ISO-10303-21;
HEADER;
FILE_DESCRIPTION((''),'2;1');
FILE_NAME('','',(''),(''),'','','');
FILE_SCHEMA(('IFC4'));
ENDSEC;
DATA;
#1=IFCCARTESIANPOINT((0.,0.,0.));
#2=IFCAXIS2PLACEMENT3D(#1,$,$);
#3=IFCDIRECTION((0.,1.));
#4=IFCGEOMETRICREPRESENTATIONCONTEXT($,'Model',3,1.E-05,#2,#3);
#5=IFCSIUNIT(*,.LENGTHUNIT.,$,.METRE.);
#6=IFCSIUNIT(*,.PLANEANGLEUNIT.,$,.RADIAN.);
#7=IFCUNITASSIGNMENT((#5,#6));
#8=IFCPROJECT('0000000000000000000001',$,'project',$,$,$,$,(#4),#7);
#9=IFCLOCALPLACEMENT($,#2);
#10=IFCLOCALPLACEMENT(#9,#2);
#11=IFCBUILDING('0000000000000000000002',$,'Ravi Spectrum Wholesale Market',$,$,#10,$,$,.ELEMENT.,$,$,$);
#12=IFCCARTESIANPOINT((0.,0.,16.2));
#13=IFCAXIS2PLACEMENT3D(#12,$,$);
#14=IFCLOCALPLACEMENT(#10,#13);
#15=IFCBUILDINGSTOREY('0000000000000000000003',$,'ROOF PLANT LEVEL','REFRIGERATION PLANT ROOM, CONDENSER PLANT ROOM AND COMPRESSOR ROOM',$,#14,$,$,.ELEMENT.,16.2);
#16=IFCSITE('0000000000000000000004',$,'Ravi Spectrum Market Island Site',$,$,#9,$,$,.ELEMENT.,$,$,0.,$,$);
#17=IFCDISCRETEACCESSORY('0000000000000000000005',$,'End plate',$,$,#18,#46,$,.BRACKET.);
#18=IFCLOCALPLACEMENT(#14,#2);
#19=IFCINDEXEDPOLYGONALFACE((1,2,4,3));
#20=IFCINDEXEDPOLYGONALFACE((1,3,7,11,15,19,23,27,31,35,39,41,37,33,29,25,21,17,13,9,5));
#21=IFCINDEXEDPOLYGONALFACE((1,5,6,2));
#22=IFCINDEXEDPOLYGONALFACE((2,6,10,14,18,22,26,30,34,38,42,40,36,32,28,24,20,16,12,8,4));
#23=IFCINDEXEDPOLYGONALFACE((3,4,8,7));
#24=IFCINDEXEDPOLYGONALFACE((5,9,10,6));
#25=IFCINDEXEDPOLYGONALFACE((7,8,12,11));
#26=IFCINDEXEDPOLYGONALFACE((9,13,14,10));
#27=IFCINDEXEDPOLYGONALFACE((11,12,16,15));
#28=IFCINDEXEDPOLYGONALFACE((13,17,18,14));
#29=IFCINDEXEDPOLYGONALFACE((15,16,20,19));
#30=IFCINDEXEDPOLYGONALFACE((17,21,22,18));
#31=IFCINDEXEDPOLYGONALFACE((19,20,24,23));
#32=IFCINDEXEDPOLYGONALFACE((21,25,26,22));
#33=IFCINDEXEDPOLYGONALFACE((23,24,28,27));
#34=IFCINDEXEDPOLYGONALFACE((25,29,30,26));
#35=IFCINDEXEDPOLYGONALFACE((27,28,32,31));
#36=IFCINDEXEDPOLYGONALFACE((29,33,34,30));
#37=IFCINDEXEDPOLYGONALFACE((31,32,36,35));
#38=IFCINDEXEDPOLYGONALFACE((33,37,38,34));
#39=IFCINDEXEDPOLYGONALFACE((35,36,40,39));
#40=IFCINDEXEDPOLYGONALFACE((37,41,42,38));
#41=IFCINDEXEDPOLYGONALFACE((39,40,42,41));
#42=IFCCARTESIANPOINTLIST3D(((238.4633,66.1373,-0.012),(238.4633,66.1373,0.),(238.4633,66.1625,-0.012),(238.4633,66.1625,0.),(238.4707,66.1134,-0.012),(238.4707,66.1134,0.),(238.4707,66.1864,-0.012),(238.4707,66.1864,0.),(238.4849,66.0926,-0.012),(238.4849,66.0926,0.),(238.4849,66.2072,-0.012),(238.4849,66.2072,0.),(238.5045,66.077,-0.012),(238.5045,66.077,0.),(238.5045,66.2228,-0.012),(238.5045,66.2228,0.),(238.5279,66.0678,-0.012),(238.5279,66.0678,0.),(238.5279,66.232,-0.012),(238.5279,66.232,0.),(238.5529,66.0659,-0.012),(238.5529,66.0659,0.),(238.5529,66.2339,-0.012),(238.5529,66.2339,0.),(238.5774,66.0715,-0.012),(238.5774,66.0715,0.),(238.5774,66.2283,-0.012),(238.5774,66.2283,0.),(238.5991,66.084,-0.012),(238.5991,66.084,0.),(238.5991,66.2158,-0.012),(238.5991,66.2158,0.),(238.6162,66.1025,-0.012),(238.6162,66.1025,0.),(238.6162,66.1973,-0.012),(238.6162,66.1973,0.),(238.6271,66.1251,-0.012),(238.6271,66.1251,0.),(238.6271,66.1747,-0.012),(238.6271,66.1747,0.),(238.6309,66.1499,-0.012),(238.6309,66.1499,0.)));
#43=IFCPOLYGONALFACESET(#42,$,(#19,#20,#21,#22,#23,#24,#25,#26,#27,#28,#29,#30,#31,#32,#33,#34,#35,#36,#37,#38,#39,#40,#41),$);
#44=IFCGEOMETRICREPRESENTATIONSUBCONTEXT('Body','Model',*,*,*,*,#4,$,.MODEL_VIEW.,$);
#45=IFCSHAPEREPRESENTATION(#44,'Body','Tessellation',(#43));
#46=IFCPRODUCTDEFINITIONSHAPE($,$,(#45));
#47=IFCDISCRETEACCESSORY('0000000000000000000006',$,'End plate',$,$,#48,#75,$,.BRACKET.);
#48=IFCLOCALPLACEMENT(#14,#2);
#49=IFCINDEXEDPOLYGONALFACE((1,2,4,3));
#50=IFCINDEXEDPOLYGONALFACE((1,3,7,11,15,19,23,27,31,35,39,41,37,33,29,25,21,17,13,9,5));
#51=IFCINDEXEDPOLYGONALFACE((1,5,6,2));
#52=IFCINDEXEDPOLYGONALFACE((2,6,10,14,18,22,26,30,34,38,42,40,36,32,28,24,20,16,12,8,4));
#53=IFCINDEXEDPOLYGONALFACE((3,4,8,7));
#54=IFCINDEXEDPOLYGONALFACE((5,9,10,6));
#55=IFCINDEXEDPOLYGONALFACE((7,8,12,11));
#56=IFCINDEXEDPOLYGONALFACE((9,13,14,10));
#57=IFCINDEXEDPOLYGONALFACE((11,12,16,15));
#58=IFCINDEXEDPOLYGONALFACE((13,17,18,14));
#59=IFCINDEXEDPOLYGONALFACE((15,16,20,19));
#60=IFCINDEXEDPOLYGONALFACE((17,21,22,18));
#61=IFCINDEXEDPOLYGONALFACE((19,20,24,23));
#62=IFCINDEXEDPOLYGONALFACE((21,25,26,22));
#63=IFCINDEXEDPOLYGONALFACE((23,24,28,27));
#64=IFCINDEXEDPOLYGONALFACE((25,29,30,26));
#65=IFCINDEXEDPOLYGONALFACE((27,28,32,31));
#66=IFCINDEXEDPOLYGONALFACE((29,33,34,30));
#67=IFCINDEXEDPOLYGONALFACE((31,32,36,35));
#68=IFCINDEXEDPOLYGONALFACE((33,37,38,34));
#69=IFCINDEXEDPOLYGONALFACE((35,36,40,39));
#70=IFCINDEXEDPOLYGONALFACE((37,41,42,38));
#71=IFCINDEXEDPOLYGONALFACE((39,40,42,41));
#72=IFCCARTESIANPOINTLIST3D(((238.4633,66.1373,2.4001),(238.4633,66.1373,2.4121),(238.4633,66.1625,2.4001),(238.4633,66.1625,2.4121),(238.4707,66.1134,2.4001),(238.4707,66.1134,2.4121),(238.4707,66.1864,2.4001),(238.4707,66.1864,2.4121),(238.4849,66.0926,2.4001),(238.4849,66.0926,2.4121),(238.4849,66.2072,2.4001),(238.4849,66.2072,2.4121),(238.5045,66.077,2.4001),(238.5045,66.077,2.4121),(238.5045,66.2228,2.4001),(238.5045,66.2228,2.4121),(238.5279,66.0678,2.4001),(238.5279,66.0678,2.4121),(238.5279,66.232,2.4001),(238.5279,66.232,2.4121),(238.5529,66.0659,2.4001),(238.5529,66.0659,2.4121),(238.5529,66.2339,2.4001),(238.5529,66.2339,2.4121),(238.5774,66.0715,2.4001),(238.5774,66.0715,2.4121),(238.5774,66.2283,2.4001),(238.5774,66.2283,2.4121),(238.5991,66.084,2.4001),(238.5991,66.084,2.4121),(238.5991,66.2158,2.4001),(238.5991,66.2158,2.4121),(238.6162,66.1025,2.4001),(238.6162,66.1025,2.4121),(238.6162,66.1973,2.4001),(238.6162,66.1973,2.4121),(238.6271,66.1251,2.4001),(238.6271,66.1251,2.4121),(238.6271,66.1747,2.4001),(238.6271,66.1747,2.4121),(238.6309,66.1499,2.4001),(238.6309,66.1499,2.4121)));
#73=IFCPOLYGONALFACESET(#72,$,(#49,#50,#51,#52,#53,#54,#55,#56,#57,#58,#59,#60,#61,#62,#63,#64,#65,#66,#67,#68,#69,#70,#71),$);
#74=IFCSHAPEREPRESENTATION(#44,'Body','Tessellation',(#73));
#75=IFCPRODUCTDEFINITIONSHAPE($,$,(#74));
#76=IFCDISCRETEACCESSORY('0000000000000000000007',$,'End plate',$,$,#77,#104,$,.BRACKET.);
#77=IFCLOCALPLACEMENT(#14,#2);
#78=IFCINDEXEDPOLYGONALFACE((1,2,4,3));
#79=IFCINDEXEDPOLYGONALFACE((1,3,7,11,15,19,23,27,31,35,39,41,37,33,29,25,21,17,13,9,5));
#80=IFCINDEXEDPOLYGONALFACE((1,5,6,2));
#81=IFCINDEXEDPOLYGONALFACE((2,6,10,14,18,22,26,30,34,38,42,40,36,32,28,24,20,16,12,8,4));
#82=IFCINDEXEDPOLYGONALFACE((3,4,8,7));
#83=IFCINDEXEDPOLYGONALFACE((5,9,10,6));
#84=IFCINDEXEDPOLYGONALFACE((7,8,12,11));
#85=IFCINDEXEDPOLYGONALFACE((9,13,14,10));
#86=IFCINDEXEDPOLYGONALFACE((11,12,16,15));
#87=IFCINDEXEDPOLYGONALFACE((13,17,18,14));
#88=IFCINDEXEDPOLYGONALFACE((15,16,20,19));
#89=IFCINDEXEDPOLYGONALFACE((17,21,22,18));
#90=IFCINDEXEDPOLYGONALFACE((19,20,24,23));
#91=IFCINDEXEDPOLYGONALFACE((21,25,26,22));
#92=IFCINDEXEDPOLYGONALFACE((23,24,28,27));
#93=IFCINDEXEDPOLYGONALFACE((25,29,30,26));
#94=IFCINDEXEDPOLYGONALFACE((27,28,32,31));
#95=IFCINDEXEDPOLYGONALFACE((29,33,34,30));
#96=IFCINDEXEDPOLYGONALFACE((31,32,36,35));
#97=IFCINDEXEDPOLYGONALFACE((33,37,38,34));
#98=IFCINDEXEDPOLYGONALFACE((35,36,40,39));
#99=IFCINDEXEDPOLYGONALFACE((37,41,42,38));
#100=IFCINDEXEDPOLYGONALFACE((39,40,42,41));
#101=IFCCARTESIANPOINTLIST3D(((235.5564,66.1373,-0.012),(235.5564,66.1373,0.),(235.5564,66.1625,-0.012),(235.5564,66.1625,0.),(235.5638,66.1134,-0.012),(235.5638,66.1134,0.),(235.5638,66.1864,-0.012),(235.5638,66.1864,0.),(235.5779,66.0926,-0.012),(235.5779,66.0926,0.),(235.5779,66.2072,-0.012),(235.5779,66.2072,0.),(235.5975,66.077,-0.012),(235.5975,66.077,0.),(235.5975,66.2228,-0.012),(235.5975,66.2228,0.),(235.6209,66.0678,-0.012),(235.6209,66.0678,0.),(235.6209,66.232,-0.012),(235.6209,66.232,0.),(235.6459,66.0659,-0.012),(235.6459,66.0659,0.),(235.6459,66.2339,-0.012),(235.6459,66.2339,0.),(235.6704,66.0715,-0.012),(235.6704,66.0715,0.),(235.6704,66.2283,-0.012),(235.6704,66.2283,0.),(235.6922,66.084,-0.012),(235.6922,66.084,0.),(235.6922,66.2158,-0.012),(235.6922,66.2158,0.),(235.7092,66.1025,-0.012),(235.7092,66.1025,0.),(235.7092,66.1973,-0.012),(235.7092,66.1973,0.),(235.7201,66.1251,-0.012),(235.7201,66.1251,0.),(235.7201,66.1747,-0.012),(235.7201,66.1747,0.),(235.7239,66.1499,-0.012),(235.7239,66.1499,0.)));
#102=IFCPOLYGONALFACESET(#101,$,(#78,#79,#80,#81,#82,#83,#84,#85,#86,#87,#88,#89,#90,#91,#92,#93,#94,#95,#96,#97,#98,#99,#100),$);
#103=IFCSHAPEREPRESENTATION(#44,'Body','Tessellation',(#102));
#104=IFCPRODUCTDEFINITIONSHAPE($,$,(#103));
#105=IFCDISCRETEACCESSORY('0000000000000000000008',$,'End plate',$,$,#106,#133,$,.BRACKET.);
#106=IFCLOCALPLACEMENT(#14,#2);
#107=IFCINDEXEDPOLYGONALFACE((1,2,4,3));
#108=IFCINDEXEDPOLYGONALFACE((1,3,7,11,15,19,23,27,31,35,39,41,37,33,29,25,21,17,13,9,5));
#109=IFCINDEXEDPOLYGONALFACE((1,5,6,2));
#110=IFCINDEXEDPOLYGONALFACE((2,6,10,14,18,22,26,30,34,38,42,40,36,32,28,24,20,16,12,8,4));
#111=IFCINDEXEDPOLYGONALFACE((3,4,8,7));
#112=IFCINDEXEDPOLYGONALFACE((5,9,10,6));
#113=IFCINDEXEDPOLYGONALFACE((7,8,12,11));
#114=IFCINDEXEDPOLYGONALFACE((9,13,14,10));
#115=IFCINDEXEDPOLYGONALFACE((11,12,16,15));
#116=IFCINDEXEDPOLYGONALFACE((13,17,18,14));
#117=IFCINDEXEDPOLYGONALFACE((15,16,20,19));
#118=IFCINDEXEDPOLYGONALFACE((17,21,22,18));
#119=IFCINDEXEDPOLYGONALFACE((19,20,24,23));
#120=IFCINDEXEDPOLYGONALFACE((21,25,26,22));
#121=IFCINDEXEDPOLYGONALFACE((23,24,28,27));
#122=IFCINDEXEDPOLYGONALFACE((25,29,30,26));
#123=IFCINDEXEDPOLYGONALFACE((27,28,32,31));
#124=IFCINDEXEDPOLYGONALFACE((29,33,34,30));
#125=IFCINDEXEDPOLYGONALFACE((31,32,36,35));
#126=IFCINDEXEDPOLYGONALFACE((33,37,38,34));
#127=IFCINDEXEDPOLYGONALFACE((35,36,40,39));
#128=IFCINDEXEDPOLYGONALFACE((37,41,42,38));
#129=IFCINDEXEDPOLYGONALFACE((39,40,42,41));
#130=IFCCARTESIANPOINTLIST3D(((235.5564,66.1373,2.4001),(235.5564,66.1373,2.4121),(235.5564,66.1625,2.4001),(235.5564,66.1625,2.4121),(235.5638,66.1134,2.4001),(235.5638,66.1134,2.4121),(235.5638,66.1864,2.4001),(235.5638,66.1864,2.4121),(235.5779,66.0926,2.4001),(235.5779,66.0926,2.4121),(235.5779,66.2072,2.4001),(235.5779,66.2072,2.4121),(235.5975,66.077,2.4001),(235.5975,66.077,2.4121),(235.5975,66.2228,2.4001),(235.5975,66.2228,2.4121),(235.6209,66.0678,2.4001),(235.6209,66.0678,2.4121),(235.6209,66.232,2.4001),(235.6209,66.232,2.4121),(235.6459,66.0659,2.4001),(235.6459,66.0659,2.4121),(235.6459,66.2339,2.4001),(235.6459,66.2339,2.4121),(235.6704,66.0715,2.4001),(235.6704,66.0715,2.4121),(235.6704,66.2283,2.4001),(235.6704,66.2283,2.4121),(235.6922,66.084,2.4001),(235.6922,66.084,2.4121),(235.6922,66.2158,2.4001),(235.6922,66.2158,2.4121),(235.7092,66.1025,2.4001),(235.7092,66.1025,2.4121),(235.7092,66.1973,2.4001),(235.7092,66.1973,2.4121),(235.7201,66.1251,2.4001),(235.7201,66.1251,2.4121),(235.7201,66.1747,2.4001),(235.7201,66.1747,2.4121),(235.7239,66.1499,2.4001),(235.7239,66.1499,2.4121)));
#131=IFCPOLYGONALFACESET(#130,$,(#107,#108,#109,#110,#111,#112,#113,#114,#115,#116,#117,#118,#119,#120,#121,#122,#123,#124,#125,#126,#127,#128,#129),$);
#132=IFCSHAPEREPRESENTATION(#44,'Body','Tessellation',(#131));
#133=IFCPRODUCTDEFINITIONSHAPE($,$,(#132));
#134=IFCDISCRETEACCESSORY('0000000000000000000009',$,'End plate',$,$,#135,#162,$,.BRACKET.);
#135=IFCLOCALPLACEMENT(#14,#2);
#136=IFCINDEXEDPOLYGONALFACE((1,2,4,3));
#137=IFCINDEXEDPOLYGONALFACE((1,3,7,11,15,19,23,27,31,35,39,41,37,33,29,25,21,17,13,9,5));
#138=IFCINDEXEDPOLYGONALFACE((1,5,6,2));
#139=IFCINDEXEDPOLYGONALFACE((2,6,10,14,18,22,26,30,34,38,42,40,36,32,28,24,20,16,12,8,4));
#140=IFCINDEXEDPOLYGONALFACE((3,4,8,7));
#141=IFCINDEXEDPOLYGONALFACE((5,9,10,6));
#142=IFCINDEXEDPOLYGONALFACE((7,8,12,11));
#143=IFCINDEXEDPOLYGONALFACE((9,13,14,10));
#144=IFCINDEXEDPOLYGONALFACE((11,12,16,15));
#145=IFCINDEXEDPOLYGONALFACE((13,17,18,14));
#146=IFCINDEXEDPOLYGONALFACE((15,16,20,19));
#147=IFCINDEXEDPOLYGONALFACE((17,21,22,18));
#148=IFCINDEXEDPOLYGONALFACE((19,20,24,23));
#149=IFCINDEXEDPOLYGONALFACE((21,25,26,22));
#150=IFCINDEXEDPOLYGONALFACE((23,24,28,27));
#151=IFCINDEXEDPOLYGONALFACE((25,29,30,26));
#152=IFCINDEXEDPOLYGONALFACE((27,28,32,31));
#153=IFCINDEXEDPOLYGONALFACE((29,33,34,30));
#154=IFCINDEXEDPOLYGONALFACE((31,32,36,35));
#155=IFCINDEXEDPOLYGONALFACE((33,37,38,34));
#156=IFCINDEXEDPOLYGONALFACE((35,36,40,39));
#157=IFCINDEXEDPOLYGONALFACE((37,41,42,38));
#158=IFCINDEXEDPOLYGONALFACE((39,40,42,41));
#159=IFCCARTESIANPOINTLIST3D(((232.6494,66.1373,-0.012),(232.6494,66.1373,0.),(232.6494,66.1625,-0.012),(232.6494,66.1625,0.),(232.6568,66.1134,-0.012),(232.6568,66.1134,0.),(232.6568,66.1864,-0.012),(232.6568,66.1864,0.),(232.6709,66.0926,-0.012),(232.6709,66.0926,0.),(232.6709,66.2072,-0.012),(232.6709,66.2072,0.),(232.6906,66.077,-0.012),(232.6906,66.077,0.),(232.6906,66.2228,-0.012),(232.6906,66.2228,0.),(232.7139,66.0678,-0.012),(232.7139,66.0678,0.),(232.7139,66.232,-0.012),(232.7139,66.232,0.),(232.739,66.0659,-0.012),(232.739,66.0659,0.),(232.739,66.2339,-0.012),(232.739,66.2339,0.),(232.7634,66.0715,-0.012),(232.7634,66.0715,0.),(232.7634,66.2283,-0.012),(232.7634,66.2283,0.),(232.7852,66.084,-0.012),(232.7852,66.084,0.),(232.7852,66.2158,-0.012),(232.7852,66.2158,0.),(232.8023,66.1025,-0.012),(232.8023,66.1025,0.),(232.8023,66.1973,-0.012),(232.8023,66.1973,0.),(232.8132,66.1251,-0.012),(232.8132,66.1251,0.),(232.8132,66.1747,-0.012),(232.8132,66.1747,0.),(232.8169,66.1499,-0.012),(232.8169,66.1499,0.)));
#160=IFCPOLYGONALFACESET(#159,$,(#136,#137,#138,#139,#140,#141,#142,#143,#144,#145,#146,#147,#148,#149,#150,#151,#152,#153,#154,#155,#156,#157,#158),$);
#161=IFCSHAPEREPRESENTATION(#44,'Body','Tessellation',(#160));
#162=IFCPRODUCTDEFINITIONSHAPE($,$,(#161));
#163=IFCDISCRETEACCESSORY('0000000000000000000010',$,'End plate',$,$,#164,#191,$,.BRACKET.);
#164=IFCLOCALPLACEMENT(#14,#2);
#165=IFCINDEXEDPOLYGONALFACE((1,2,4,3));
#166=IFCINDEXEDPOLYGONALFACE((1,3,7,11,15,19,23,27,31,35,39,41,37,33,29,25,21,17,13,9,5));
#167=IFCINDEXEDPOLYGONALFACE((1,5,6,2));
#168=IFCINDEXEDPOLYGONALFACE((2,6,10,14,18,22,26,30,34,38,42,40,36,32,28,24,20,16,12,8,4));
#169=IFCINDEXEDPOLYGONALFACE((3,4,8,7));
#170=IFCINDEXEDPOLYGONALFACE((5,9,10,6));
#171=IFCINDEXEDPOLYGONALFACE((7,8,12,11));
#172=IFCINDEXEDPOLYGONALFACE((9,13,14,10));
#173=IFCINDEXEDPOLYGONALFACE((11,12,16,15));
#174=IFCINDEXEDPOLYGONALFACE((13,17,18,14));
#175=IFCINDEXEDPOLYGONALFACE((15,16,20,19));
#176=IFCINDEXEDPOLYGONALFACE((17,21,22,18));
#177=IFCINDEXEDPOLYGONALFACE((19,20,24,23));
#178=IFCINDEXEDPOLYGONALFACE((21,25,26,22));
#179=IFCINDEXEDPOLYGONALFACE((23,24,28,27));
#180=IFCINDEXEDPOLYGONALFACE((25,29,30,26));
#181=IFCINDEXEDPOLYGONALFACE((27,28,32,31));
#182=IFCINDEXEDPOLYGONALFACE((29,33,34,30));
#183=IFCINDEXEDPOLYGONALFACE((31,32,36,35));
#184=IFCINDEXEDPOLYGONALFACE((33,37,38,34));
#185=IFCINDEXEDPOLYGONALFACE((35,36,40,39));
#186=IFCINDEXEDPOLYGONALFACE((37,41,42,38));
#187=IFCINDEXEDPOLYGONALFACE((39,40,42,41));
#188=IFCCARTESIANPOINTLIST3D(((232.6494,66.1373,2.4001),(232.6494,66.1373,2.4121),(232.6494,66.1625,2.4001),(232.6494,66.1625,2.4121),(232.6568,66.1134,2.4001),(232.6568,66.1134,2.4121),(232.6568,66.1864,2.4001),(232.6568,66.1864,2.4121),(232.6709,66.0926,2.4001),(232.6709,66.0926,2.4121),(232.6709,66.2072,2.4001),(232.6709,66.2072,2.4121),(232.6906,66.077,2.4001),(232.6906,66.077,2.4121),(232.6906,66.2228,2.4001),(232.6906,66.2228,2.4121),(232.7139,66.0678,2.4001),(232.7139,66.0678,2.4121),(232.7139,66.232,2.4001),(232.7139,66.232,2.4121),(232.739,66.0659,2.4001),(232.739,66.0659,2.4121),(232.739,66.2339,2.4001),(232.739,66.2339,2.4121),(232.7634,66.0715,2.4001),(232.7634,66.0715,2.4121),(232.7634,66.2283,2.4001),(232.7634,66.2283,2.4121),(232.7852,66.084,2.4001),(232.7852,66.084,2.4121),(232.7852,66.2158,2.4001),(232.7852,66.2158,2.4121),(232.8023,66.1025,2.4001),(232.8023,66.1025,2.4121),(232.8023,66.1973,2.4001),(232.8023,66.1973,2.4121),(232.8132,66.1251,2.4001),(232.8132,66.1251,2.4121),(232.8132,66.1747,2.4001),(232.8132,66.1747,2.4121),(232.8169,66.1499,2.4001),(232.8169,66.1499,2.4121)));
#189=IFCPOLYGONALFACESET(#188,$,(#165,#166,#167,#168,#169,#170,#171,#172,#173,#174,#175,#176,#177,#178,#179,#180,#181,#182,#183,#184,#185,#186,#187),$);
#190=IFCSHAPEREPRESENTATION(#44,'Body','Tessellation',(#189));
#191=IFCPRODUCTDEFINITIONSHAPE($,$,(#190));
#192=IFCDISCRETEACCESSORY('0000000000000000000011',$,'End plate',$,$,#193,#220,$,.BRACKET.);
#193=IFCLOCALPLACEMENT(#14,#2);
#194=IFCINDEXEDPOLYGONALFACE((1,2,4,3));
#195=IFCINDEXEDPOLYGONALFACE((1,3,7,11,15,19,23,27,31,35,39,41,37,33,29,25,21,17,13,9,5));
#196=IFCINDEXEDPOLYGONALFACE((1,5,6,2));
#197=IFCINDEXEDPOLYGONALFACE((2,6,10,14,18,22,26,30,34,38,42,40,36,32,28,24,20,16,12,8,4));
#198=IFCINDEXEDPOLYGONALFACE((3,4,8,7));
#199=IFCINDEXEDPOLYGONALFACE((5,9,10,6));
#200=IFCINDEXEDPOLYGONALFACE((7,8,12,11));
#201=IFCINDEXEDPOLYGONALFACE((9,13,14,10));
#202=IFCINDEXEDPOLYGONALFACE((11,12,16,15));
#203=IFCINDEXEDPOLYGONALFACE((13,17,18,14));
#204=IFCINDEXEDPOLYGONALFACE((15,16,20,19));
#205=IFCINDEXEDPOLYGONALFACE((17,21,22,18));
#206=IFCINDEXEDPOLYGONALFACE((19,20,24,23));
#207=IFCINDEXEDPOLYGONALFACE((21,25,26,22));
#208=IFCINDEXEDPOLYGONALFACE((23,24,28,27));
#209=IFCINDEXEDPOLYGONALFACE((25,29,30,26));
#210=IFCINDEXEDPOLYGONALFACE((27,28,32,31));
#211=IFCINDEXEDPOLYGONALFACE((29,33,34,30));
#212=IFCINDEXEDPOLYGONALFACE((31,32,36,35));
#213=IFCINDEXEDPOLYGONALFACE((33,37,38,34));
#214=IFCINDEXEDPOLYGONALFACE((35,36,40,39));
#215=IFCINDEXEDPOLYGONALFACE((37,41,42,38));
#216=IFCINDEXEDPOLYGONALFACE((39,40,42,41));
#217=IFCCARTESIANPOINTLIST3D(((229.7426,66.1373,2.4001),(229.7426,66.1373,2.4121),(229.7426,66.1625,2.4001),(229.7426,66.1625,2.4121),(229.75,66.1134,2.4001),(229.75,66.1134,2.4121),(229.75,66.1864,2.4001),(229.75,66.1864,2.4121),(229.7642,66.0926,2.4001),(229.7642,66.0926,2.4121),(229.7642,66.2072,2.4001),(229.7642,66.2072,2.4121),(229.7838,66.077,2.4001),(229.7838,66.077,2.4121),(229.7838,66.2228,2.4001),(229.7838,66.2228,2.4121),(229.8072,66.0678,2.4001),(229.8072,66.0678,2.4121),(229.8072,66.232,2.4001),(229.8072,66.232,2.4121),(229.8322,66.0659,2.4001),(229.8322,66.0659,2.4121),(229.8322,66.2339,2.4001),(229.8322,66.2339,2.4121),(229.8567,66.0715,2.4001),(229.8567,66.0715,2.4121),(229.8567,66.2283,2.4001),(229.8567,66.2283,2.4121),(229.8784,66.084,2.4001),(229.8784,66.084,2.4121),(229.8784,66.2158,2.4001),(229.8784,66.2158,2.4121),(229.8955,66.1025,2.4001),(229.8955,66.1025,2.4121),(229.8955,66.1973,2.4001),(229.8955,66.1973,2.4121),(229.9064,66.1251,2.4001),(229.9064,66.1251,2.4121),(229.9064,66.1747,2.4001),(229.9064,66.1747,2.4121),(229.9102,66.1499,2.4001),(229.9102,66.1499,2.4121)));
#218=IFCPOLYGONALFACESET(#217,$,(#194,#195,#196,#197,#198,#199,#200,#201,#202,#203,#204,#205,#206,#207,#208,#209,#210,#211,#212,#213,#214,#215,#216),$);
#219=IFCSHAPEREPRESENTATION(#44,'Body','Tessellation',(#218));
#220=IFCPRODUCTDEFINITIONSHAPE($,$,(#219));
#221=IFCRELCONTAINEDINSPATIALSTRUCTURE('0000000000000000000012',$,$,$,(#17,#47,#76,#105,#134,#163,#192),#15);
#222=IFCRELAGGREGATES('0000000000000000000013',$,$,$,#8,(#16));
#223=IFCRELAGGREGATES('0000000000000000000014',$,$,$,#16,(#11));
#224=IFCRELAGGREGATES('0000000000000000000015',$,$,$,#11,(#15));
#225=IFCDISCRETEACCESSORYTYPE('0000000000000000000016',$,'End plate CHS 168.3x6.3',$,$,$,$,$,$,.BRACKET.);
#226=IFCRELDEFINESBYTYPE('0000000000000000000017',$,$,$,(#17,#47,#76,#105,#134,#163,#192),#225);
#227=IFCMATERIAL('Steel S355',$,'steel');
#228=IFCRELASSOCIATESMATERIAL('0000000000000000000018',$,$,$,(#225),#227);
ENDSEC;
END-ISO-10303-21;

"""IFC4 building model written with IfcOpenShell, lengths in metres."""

from ifc_helpers import new_model, si_unit, direction, frame, origin, origin_2d, place, context, subcontext, project, spatial, circle, extrude, material, material_profile, profile_set, type_object, element, save


model = new_model("IFC4")

# Units and contexts
model_context = context("Model", 3, precision=1e-05, world=origin(), true_north=direction((0.0, 1.0)))
body_context = subcontext(model_context, "Body", "Model", "MODEL_VIEW")
ifc_project = project(units=[si_unit("LENGTHUNIT", "METRE"), si_unit("PLANEANGLEUNIT", "RADIAN")], contexts=[model_context])

# Site, building, storey
site_placement = place(None, origin())
site = spatial("IfcSite", under=ifc_project, at=site_placement, Name="Ravi Spectrum Market Island Site", CompositionType="ELEMENT", RefElevation=0.0)
building_placement = place(site_placement, origin())
building = spatial("IfcBuilding", under=site, at=building_placement, Name="Ravi Spectrum Wholesale Market", CompositionType="ELEMENT")
storey_placement = place(building_placement, frame((0.0, 0.0, 16.2)))
storey = spatial("IfcBuildingStorey", under=building, at=storey_placement, Name="ROOF PLANT LEVEL", Description="REFRIGERATION PLANT ROOM, CONDENSER PLANT ROOM AND COMPRESSOR ROOM", CompositionType="ELEMENT", Elevation=16.2)

# Discrete accessories
ifc_material_1 = material(Name="Steel S355", Category="steel")
ifc_material_profile_1 = material_profile(ifc_material_1, circle(Radius=0.0842, at=origin_2d()))
ifc_profile_set_1 = profile_set([ifc_material_profile_1], Name="Steel S355")
discrete_accessory_type = type_object("IfcDiscreteAccessoryType", Name="End plate CHS 168.3x6.3", PredefinedType="BRACKET", material=ifc_profile_set_1)
for number, where, z_axis, x_axis, name in (
    (1, (238.5466, 66.1499, 0.0), (0.0, 0.0, -1.0), (1.0, 0.0, 0.0), "End plate"),
    (2, (238.5466, 66.1499, 2.4001), (0.0, 0.0, 1.0), (1.0, 0.0, 0.0), "End plate"),
    (3, (235.6396, 66.1499, 0.0), (0.0, 0.0, -1.0), (1.0, 0.0, 0.0), "End plate"),
    (4, (235.6396, 66.1499, 2.4001), (0.0, 0.0, 1.0), (1.0, 0.0, 0.0), "End plate"),
    (5, (232.7327, 66.1499, 0.0), (0.0, 0.0, -1.0), (1.0, 0.0, 0.0), "End plate"),
    (6, (232.7327, 66.1499, 2.4001), (0.0, 0.0, 1.0), (1.0, 0.0, 0.0), "End plate"),
    (7, (229.8259, 66.1499, 2.4001), (0.0, 0.0, 1.0), (1.0, 0.0, 0.0), "End plate"),
):
    element("IfcDiscreteAccessory", number, at=place(storey_placement, frame(where, z_axis=z_axis, x_axis=x_axis)), inside=storey, type_object=discrete_accessory_type, Name=name, PredefinedType="BRACKET", context=body_context, shape_type="SweptSolid", body=[
        extrude(circle(Radius=0.0842, at=origin_2d()), origin(), (0.0, 0.0, 1.0), 0.012),
    ])

save(model, "model.ifc")
